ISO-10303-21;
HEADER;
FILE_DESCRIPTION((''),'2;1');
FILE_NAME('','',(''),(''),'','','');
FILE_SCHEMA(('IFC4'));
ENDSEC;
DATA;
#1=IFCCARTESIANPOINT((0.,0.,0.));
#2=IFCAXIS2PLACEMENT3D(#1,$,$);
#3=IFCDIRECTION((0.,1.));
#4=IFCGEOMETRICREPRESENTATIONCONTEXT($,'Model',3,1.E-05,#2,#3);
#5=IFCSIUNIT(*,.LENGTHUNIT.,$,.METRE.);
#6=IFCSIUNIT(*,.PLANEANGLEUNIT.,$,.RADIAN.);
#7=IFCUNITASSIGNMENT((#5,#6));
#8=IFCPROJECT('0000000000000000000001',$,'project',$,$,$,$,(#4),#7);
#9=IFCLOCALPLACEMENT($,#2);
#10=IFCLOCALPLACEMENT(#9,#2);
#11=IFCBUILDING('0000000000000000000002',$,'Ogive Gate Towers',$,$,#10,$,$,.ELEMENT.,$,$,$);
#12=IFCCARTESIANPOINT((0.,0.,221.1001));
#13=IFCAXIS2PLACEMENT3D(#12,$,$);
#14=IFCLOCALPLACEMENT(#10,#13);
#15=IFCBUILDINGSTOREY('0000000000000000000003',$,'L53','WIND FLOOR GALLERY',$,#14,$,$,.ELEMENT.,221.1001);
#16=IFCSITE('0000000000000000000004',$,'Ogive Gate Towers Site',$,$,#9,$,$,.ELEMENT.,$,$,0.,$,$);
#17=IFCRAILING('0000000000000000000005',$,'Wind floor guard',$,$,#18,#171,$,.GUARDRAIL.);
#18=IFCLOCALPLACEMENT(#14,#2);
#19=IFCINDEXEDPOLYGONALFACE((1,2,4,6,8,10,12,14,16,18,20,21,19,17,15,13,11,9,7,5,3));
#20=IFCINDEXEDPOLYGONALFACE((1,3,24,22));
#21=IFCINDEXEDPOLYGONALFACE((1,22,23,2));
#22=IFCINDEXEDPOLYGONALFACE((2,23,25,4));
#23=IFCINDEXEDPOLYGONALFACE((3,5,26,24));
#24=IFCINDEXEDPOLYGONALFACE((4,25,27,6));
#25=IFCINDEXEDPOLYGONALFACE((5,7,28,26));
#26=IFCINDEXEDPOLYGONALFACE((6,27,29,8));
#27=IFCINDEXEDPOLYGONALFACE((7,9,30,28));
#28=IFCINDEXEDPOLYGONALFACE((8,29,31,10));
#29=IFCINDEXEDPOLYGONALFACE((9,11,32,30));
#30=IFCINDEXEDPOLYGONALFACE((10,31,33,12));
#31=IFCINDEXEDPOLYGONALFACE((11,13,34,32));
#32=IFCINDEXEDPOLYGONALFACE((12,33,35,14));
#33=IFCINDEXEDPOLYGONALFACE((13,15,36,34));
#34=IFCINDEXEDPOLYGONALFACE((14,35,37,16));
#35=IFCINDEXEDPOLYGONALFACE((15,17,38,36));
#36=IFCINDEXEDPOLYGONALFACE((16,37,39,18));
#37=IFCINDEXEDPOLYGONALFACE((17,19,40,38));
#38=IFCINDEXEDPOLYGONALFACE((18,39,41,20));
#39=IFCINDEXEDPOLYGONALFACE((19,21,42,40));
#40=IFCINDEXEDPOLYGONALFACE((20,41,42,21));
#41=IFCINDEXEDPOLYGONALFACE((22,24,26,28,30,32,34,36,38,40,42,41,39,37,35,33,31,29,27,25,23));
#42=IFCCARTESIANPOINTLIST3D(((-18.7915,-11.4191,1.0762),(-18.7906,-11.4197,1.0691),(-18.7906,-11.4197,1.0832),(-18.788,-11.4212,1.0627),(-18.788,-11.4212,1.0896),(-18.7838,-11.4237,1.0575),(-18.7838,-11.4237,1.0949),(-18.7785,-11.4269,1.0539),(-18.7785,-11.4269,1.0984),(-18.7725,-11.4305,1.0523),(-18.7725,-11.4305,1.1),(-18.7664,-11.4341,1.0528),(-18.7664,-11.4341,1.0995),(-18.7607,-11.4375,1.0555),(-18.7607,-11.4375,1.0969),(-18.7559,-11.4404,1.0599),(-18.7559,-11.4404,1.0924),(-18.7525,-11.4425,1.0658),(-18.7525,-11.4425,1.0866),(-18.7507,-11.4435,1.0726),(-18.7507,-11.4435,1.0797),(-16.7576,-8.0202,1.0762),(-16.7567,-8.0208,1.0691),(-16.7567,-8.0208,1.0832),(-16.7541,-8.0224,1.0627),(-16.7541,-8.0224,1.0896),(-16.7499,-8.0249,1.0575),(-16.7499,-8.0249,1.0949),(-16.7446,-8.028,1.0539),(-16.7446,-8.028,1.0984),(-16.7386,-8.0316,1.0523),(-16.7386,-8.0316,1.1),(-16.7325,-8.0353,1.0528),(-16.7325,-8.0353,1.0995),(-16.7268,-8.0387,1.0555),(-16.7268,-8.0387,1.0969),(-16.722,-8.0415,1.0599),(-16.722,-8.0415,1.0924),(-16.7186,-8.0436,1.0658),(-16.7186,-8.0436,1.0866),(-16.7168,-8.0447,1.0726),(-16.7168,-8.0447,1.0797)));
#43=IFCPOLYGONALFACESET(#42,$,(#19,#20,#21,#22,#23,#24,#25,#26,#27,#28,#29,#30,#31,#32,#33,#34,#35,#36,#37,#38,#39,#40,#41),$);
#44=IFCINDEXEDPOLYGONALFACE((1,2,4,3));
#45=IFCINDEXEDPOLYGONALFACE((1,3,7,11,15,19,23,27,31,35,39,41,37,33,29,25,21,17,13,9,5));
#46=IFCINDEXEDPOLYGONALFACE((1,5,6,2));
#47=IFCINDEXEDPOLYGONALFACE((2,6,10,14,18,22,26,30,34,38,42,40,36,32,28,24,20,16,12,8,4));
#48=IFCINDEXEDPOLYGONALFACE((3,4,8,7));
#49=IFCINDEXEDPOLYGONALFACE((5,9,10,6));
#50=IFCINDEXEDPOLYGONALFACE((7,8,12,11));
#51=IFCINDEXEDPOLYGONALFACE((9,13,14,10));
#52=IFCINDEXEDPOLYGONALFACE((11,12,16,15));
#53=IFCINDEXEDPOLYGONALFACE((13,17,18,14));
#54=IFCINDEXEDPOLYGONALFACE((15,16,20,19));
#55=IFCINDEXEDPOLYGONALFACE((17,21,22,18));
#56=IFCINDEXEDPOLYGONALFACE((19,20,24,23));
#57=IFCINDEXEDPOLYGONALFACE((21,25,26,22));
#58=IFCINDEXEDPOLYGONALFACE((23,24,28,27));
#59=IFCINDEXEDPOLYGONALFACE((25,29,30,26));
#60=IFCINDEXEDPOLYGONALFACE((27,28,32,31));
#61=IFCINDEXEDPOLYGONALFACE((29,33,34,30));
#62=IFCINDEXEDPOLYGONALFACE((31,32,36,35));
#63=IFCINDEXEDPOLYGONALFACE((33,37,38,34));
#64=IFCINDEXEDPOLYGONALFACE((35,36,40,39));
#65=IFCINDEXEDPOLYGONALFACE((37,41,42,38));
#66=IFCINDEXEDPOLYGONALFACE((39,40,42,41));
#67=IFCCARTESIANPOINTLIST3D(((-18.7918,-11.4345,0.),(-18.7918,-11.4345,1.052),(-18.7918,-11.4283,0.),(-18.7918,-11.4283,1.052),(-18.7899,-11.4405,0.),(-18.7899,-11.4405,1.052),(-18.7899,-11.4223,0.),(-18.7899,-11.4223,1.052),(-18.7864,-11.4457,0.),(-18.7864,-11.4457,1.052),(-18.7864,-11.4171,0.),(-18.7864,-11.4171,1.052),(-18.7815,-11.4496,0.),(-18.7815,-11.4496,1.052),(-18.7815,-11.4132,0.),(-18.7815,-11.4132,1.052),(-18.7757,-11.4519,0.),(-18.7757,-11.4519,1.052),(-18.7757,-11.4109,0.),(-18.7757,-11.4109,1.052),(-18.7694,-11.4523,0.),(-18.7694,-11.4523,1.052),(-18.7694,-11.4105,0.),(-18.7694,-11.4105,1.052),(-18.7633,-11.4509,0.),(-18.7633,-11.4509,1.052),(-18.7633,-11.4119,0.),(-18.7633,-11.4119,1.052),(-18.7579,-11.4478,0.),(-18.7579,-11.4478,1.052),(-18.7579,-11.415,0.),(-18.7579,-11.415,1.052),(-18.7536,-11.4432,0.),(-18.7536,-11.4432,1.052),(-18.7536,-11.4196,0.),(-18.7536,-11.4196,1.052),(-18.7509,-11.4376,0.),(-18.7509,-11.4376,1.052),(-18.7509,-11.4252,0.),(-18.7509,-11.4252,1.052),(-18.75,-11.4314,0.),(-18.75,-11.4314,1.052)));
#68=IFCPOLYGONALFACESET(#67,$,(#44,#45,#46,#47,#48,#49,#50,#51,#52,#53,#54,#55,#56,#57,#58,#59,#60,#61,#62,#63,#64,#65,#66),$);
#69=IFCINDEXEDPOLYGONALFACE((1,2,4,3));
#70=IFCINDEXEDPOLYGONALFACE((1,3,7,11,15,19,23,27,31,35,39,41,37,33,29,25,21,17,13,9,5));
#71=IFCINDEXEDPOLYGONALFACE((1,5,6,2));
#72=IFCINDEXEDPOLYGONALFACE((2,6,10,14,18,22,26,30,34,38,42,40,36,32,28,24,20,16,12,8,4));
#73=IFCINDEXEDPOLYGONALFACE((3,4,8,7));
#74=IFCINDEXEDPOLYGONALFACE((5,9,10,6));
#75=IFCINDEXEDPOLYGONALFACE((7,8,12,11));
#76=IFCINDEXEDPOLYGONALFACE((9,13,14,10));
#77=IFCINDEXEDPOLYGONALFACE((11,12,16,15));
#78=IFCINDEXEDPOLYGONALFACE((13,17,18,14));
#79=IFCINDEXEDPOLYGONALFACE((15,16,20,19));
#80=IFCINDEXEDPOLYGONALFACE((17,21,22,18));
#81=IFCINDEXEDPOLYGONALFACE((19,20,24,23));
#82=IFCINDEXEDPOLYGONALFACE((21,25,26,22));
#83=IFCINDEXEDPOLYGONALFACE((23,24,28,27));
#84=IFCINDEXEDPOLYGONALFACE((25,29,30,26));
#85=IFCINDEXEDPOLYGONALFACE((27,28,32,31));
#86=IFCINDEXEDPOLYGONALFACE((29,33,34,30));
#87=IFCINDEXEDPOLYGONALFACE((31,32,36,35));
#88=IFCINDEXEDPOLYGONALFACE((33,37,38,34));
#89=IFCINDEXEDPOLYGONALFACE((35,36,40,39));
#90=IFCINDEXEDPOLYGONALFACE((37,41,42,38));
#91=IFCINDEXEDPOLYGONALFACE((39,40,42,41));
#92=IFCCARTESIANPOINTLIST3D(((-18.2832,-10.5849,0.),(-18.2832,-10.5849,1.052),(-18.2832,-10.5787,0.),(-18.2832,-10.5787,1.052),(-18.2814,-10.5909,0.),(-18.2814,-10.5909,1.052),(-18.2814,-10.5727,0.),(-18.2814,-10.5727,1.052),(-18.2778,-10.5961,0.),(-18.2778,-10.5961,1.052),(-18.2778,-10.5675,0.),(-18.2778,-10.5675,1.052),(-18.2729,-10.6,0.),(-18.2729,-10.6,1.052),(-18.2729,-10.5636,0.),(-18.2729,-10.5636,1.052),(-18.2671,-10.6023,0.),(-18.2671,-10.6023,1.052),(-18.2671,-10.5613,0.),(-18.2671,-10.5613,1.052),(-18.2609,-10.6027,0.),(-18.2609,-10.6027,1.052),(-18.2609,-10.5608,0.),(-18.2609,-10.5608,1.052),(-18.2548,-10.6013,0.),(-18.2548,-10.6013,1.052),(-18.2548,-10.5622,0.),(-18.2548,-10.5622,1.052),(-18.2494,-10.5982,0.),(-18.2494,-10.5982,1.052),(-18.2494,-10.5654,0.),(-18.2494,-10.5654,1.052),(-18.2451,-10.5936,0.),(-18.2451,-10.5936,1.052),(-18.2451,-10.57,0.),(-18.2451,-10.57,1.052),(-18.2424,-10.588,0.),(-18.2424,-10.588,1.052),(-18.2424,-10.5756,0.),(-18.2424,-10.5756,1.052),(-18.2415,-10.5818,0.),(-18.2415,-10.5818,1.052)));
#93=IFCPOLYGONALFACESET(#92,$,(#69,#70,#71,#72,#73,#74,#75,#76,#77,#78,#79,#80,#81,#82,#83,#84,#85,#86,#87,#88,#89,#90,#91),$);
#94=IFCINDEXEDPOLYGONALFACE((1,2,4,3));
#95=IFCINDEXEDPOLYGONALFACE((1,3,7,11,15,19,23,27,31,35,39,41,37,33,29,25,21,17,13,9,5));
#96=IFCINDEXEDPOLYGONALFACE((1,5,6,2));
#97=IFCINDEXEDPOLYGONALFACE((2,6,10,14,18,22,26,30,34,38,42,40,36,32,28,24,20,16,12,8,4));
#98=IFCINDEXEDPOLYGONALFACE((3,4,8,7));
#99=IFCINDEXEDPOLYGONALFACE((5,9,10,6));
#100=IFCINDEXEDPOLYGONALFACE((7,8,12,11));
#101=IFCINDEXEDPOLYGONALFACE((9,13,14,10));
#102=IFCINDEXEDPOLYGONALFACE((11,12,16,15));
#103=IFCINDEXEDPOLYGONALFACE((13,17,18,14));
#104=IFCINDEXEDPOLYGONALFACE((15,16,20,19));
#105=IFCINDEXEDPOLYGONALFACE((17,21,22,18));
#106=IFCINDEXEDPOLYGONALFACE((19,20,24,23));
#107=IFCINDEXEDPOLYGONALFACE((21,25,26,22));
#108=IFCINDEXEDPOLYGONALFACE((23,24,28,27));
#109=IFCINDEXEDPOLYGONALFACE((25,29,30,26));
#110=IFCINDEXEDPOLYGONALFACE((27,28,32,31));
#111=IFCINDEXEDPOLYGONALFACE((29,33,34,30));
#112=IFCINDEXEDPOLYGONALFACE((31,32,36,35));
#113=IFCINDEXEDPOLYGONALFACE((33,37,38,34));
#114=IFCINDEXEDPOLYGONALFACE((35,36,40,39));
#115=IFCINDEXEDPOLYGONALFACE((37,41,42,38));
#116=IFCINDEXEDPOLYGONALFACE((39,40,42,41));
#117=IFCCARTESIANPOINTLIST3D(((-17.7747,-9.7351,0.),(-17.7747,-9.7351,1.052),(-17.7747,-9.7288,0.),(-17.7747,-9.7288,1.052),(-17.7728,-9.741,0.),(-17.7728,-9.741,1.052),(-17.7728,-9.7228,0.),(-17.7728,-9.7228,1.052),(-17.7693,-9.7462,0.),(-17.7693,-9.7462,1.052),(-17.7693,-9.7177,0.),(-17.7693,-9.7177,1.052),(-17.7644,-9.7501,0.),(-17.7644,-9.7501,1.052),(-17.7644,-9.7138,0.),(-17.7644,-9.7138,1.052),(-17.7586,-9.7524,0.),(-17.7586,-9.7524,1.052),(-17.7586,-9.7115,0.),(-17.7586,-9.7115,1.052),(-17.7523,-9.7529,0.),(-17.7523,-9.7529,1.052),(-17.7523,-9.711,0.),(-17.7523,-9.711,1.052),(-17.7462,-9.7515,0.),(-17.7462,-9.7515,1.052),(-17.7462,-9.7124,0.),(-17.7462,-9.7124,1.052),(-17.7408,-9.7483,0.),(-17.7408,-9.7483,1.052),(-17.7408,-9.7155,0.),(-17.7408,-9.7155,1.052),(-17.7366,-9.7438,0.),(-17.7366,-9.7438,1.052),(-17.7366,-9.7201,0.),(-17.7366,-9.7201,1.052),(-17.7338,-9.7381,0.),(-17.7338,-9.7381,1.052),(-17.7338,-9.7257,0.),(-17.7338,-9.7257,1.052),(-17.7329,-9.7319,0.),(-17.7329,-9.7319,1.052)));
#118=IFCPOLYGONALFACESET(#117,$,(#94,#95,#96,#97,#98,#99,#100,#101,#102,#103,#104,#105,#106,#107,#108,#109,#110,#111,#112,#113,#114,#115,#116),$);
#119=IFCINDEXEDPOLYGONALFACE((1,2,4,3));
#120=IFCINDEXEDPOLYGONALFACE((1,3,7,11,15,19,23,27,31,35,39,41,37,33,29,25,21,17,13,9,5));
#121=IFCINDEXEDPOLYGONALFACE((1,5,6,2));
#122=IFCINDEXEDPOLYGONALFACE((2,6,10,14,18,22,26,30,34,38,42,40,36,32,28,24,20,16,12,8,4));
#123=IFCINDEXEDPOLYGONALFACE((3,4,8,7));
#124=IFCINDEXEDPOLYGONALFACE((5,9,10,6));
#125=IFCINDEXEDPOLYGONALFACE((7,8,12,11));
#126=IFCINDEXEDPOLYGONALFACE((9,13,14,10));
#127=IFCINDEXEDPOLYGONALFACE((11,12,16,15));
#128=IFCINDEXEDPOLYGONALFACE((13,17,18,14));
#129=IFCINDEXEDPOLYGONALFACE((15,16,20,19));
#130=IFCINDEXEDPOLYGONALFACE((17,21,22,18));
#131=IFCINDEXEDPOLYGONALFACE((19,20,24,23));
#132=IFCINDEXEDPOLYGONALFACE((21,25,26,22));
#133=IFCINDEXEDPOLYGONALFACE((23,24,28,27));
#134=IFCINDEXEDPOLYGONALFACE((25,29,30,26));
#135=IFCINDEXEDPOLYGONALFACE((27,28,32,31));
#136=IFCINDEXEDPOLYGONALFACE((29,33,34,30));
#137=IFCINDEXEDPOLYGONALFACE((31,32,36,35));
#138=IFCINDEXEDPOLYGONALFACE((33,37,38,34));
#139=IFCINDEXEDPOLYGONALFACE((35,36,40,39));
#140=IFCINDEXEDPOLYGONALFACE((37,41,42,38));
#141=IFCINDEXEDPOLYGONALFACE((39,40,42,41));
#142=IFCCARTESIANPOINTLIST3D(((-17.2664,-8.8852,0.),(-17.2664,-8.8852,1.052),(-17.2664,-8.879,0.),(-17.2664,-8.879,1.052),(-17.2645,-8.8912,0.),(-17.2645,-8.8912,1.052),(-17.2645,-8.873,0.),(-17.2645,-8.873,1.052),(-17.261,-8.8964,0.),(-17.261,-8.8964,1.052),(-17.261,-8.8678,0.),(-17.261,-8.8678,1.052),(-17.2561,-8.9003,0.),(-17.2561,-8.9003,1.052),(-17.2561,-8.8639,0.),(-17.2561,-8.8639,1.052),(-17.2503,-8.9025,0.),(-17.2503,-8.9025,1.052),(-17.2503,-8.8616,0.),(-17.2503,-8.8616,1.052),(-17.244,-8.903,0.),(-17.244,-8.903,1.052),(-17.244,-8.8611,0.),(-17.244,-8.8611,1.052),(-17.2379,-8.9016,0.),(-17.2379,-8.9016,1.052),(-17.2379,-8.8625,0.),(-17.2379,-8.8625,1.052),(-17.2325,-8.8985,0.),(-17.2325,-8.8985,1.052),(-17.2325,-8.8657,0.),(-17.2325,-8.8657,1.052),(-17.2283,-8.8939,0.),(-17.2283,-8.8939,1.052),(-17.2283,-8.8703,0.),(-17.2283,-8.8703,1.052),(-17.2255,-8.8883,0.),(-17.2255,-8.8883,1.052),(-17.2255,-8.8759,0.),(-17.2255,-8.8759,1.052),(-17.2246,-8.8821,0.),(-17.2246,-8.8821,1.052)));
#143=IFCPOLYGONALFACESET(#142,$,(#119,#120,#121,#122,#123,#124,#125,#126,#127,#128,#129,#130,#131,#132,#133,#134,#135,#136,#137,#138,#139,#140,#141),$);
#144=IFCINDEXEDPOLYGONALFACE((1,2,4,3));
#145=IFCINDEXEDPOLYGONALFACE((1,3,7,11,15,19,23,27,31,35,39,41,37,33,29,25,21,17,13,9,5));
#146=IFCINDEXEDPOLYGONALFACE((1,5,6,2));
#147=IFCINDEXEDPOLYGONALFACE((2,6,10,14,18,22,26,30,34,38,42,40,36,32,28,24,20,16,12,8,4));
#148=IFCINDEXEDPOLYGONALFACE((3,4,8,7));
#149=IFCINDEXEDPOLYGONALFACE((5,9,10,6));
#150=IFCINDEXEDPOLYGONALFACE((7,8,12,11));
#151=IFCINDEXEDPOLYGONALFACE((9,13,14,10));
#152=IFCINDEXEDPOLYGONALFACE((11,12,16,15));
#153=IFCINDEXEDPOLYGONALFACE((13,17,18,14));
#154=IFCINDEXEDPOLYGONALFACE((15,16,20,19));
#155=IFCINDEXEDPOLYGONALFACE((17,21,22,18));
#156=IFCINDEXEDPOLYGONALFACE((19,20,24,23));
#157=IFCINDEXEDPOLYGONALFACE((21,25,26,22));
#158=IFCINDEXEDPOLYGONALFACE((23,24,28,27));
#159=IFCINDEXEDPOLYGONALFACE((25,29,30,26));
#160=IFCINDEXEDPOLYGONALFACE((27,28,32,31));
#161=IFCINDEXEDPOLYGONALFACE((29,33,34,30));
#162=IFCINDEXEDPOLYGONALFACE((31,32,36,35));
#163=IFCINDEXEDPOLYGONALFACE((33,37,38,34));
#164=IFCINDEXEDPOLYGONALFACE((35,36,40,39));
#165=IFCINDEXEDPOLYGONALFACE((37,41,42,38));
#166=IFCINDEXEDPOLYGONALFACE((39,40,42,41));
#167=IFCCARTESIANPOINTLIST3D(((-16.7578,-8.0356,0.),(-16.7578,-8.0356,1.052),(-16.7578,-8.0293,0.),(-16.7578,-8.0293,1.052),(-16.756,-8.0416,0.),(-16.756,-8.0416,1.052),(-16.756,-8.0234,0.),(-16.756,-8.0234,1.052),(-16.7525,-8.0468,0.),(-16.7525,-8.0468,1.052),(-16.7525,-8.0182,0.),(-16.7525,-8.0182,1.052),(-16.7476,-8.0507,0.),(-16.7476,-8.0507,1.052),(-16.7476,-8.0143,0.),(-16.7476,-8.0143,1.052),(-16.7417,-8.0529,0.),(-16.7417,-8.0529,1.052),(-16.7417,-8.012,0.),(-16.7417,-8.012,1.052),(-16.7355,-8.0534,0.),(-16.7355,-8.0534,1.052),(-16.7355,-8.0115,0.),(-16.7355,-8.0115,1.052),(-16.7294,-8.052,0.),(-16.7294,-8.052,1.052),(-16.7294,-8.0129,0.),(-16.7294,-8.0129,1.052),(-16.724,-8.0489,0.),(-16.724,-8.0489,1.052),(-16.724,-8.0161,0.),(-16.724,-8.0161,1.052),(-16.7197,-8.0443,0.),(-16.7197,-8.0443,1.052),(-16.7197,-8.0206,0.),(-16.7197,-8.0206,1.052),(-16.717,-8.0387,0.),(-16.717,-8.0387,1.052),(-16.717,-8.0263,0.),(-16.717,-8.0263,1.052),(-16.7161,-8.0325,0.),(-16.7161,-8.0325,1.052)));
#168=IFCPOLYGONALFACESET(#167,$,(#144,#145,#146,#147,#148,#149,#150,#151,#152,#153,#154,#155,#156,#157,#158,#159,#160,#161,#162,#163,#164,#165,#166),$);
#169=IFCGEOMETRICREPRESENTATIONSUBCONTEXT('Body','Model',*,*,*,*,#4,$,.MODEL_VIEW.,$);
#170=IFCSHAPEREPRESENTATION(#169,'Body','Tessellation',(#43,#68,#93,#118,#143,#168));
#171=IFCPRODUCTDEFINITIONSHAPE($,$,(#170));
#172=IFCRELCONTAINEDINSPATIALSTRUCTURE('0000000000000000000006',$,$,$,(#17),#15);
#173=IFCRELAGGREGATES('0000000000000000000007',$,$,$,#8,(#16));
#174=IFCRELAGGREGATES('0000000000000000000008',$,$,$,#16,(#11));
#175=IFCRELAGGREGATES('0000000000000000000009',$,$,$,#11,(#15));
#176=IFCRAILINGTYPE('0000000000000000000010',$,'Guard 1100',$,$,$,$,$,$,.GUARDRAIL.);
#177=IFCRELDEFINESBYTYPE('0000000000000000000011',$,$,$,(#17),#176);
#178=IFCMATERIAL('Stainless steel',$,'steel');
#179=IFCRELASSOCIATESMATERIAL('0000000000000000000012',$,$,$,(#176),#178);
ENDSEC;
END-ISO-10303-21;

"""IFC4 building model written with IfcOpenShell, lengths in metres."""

from ifc_helpers import new_model, si_unit, direction, frame, origin, origin_2d, place, context, subcontext, project, spatial, circle, extrude, material, type_object, element, save


model = new_model("IFC4")

# Units and contexts
model_context = context("Model", 3, precision=1e-05, world=origin(), true_north=direction((0.0, 1.0)))
body_context = subcontext(model_context, "Body", "Model", "MODEL_VIEW")
ifc_project = project(units=[si_unit("LENGTHUNIT", "METRE"), si_unit("PLANEANGLEUNIT", "RADIAN")], contexts=[model_context])

# Site, building, storey
site_placement = place(None, origin())
site = spatial("IfcSite", under=ifc_project, at=site_placement, Name="Ogive Gate Towers Site", CompositionType="ELEMENT", RefElevation=0.0)
building_placement = place(site_placement, origin())
building = spatial("IfcBuilding", under=site, at=building_placement, Name="Ogive Gate Towers", CompositionType="ELEMENT")
storey_placement = place(building_placement, frame((0.0, 0.0, 221.1001)))
storey = spatial("IfcBuildingStorey", under=building, at=storey_placement, Name="L53", Description="WIND FLOOR GALLERY", CompositionType="ELEMENT", Elevation=221.1001)

# Railing
ifc_material_1 = material(Name="Stainless steel", Category="steel")
railing_type_1 = type_object("IfcRailingType", Name="Guard 1100", PredefinedType="GUARDRAIL", material=ifc_material_1)
railing_1_placement = place(storey_placement, frame((-18.771, -11.4314, 0.0)))
element("IfcRailing", 1, at=railing_1_placement, inside=storey, type_object=railing_type_1, Name="Wind floor guard", PredefinedType="GUARDRAIL", context=body_context, shape_type="SweptSolid", body=[
    extrude(circle(Radius=0.0239, at=origin_2d()), frame((0.0, 0.0, 1.0762), z_axis=(0.513489, 0.858096, 0.0), x_axis=(-0.858096, 0.513489, 0.0)), (0.0, 0.0, 1.0), 3.9609),
    extrude(circle(Radius=0.021, at=origin_2d()), origin(), (0.0, 0.0, 1.0), 1.052),
    extrude(circle(Radius=0.021, at=origin_2d()), frame((0.5085, 0.8496, 0.0)), (0.0, 0.0, 1.0), 1.052),
    extrude(circle(Radius=0.021, at=origin_2d()), frame((1.0171, 1.6995, 0.0)), (0.0, 0.0, 1.0), 1.052),
    extrude(circle(Radius=0.021, at=origin_2d()), frame((1.5254, 2.5493, 0.0)), (0.0, 0.0, 1.0), 1.052),
    extrude(circle(Radius=0.021, at=origin_2d()), frame((2.0339, 3.3989, 0.0)), (0.0, 0.0, 1.0), 1.052),
])

save(model, "model.ifc")
